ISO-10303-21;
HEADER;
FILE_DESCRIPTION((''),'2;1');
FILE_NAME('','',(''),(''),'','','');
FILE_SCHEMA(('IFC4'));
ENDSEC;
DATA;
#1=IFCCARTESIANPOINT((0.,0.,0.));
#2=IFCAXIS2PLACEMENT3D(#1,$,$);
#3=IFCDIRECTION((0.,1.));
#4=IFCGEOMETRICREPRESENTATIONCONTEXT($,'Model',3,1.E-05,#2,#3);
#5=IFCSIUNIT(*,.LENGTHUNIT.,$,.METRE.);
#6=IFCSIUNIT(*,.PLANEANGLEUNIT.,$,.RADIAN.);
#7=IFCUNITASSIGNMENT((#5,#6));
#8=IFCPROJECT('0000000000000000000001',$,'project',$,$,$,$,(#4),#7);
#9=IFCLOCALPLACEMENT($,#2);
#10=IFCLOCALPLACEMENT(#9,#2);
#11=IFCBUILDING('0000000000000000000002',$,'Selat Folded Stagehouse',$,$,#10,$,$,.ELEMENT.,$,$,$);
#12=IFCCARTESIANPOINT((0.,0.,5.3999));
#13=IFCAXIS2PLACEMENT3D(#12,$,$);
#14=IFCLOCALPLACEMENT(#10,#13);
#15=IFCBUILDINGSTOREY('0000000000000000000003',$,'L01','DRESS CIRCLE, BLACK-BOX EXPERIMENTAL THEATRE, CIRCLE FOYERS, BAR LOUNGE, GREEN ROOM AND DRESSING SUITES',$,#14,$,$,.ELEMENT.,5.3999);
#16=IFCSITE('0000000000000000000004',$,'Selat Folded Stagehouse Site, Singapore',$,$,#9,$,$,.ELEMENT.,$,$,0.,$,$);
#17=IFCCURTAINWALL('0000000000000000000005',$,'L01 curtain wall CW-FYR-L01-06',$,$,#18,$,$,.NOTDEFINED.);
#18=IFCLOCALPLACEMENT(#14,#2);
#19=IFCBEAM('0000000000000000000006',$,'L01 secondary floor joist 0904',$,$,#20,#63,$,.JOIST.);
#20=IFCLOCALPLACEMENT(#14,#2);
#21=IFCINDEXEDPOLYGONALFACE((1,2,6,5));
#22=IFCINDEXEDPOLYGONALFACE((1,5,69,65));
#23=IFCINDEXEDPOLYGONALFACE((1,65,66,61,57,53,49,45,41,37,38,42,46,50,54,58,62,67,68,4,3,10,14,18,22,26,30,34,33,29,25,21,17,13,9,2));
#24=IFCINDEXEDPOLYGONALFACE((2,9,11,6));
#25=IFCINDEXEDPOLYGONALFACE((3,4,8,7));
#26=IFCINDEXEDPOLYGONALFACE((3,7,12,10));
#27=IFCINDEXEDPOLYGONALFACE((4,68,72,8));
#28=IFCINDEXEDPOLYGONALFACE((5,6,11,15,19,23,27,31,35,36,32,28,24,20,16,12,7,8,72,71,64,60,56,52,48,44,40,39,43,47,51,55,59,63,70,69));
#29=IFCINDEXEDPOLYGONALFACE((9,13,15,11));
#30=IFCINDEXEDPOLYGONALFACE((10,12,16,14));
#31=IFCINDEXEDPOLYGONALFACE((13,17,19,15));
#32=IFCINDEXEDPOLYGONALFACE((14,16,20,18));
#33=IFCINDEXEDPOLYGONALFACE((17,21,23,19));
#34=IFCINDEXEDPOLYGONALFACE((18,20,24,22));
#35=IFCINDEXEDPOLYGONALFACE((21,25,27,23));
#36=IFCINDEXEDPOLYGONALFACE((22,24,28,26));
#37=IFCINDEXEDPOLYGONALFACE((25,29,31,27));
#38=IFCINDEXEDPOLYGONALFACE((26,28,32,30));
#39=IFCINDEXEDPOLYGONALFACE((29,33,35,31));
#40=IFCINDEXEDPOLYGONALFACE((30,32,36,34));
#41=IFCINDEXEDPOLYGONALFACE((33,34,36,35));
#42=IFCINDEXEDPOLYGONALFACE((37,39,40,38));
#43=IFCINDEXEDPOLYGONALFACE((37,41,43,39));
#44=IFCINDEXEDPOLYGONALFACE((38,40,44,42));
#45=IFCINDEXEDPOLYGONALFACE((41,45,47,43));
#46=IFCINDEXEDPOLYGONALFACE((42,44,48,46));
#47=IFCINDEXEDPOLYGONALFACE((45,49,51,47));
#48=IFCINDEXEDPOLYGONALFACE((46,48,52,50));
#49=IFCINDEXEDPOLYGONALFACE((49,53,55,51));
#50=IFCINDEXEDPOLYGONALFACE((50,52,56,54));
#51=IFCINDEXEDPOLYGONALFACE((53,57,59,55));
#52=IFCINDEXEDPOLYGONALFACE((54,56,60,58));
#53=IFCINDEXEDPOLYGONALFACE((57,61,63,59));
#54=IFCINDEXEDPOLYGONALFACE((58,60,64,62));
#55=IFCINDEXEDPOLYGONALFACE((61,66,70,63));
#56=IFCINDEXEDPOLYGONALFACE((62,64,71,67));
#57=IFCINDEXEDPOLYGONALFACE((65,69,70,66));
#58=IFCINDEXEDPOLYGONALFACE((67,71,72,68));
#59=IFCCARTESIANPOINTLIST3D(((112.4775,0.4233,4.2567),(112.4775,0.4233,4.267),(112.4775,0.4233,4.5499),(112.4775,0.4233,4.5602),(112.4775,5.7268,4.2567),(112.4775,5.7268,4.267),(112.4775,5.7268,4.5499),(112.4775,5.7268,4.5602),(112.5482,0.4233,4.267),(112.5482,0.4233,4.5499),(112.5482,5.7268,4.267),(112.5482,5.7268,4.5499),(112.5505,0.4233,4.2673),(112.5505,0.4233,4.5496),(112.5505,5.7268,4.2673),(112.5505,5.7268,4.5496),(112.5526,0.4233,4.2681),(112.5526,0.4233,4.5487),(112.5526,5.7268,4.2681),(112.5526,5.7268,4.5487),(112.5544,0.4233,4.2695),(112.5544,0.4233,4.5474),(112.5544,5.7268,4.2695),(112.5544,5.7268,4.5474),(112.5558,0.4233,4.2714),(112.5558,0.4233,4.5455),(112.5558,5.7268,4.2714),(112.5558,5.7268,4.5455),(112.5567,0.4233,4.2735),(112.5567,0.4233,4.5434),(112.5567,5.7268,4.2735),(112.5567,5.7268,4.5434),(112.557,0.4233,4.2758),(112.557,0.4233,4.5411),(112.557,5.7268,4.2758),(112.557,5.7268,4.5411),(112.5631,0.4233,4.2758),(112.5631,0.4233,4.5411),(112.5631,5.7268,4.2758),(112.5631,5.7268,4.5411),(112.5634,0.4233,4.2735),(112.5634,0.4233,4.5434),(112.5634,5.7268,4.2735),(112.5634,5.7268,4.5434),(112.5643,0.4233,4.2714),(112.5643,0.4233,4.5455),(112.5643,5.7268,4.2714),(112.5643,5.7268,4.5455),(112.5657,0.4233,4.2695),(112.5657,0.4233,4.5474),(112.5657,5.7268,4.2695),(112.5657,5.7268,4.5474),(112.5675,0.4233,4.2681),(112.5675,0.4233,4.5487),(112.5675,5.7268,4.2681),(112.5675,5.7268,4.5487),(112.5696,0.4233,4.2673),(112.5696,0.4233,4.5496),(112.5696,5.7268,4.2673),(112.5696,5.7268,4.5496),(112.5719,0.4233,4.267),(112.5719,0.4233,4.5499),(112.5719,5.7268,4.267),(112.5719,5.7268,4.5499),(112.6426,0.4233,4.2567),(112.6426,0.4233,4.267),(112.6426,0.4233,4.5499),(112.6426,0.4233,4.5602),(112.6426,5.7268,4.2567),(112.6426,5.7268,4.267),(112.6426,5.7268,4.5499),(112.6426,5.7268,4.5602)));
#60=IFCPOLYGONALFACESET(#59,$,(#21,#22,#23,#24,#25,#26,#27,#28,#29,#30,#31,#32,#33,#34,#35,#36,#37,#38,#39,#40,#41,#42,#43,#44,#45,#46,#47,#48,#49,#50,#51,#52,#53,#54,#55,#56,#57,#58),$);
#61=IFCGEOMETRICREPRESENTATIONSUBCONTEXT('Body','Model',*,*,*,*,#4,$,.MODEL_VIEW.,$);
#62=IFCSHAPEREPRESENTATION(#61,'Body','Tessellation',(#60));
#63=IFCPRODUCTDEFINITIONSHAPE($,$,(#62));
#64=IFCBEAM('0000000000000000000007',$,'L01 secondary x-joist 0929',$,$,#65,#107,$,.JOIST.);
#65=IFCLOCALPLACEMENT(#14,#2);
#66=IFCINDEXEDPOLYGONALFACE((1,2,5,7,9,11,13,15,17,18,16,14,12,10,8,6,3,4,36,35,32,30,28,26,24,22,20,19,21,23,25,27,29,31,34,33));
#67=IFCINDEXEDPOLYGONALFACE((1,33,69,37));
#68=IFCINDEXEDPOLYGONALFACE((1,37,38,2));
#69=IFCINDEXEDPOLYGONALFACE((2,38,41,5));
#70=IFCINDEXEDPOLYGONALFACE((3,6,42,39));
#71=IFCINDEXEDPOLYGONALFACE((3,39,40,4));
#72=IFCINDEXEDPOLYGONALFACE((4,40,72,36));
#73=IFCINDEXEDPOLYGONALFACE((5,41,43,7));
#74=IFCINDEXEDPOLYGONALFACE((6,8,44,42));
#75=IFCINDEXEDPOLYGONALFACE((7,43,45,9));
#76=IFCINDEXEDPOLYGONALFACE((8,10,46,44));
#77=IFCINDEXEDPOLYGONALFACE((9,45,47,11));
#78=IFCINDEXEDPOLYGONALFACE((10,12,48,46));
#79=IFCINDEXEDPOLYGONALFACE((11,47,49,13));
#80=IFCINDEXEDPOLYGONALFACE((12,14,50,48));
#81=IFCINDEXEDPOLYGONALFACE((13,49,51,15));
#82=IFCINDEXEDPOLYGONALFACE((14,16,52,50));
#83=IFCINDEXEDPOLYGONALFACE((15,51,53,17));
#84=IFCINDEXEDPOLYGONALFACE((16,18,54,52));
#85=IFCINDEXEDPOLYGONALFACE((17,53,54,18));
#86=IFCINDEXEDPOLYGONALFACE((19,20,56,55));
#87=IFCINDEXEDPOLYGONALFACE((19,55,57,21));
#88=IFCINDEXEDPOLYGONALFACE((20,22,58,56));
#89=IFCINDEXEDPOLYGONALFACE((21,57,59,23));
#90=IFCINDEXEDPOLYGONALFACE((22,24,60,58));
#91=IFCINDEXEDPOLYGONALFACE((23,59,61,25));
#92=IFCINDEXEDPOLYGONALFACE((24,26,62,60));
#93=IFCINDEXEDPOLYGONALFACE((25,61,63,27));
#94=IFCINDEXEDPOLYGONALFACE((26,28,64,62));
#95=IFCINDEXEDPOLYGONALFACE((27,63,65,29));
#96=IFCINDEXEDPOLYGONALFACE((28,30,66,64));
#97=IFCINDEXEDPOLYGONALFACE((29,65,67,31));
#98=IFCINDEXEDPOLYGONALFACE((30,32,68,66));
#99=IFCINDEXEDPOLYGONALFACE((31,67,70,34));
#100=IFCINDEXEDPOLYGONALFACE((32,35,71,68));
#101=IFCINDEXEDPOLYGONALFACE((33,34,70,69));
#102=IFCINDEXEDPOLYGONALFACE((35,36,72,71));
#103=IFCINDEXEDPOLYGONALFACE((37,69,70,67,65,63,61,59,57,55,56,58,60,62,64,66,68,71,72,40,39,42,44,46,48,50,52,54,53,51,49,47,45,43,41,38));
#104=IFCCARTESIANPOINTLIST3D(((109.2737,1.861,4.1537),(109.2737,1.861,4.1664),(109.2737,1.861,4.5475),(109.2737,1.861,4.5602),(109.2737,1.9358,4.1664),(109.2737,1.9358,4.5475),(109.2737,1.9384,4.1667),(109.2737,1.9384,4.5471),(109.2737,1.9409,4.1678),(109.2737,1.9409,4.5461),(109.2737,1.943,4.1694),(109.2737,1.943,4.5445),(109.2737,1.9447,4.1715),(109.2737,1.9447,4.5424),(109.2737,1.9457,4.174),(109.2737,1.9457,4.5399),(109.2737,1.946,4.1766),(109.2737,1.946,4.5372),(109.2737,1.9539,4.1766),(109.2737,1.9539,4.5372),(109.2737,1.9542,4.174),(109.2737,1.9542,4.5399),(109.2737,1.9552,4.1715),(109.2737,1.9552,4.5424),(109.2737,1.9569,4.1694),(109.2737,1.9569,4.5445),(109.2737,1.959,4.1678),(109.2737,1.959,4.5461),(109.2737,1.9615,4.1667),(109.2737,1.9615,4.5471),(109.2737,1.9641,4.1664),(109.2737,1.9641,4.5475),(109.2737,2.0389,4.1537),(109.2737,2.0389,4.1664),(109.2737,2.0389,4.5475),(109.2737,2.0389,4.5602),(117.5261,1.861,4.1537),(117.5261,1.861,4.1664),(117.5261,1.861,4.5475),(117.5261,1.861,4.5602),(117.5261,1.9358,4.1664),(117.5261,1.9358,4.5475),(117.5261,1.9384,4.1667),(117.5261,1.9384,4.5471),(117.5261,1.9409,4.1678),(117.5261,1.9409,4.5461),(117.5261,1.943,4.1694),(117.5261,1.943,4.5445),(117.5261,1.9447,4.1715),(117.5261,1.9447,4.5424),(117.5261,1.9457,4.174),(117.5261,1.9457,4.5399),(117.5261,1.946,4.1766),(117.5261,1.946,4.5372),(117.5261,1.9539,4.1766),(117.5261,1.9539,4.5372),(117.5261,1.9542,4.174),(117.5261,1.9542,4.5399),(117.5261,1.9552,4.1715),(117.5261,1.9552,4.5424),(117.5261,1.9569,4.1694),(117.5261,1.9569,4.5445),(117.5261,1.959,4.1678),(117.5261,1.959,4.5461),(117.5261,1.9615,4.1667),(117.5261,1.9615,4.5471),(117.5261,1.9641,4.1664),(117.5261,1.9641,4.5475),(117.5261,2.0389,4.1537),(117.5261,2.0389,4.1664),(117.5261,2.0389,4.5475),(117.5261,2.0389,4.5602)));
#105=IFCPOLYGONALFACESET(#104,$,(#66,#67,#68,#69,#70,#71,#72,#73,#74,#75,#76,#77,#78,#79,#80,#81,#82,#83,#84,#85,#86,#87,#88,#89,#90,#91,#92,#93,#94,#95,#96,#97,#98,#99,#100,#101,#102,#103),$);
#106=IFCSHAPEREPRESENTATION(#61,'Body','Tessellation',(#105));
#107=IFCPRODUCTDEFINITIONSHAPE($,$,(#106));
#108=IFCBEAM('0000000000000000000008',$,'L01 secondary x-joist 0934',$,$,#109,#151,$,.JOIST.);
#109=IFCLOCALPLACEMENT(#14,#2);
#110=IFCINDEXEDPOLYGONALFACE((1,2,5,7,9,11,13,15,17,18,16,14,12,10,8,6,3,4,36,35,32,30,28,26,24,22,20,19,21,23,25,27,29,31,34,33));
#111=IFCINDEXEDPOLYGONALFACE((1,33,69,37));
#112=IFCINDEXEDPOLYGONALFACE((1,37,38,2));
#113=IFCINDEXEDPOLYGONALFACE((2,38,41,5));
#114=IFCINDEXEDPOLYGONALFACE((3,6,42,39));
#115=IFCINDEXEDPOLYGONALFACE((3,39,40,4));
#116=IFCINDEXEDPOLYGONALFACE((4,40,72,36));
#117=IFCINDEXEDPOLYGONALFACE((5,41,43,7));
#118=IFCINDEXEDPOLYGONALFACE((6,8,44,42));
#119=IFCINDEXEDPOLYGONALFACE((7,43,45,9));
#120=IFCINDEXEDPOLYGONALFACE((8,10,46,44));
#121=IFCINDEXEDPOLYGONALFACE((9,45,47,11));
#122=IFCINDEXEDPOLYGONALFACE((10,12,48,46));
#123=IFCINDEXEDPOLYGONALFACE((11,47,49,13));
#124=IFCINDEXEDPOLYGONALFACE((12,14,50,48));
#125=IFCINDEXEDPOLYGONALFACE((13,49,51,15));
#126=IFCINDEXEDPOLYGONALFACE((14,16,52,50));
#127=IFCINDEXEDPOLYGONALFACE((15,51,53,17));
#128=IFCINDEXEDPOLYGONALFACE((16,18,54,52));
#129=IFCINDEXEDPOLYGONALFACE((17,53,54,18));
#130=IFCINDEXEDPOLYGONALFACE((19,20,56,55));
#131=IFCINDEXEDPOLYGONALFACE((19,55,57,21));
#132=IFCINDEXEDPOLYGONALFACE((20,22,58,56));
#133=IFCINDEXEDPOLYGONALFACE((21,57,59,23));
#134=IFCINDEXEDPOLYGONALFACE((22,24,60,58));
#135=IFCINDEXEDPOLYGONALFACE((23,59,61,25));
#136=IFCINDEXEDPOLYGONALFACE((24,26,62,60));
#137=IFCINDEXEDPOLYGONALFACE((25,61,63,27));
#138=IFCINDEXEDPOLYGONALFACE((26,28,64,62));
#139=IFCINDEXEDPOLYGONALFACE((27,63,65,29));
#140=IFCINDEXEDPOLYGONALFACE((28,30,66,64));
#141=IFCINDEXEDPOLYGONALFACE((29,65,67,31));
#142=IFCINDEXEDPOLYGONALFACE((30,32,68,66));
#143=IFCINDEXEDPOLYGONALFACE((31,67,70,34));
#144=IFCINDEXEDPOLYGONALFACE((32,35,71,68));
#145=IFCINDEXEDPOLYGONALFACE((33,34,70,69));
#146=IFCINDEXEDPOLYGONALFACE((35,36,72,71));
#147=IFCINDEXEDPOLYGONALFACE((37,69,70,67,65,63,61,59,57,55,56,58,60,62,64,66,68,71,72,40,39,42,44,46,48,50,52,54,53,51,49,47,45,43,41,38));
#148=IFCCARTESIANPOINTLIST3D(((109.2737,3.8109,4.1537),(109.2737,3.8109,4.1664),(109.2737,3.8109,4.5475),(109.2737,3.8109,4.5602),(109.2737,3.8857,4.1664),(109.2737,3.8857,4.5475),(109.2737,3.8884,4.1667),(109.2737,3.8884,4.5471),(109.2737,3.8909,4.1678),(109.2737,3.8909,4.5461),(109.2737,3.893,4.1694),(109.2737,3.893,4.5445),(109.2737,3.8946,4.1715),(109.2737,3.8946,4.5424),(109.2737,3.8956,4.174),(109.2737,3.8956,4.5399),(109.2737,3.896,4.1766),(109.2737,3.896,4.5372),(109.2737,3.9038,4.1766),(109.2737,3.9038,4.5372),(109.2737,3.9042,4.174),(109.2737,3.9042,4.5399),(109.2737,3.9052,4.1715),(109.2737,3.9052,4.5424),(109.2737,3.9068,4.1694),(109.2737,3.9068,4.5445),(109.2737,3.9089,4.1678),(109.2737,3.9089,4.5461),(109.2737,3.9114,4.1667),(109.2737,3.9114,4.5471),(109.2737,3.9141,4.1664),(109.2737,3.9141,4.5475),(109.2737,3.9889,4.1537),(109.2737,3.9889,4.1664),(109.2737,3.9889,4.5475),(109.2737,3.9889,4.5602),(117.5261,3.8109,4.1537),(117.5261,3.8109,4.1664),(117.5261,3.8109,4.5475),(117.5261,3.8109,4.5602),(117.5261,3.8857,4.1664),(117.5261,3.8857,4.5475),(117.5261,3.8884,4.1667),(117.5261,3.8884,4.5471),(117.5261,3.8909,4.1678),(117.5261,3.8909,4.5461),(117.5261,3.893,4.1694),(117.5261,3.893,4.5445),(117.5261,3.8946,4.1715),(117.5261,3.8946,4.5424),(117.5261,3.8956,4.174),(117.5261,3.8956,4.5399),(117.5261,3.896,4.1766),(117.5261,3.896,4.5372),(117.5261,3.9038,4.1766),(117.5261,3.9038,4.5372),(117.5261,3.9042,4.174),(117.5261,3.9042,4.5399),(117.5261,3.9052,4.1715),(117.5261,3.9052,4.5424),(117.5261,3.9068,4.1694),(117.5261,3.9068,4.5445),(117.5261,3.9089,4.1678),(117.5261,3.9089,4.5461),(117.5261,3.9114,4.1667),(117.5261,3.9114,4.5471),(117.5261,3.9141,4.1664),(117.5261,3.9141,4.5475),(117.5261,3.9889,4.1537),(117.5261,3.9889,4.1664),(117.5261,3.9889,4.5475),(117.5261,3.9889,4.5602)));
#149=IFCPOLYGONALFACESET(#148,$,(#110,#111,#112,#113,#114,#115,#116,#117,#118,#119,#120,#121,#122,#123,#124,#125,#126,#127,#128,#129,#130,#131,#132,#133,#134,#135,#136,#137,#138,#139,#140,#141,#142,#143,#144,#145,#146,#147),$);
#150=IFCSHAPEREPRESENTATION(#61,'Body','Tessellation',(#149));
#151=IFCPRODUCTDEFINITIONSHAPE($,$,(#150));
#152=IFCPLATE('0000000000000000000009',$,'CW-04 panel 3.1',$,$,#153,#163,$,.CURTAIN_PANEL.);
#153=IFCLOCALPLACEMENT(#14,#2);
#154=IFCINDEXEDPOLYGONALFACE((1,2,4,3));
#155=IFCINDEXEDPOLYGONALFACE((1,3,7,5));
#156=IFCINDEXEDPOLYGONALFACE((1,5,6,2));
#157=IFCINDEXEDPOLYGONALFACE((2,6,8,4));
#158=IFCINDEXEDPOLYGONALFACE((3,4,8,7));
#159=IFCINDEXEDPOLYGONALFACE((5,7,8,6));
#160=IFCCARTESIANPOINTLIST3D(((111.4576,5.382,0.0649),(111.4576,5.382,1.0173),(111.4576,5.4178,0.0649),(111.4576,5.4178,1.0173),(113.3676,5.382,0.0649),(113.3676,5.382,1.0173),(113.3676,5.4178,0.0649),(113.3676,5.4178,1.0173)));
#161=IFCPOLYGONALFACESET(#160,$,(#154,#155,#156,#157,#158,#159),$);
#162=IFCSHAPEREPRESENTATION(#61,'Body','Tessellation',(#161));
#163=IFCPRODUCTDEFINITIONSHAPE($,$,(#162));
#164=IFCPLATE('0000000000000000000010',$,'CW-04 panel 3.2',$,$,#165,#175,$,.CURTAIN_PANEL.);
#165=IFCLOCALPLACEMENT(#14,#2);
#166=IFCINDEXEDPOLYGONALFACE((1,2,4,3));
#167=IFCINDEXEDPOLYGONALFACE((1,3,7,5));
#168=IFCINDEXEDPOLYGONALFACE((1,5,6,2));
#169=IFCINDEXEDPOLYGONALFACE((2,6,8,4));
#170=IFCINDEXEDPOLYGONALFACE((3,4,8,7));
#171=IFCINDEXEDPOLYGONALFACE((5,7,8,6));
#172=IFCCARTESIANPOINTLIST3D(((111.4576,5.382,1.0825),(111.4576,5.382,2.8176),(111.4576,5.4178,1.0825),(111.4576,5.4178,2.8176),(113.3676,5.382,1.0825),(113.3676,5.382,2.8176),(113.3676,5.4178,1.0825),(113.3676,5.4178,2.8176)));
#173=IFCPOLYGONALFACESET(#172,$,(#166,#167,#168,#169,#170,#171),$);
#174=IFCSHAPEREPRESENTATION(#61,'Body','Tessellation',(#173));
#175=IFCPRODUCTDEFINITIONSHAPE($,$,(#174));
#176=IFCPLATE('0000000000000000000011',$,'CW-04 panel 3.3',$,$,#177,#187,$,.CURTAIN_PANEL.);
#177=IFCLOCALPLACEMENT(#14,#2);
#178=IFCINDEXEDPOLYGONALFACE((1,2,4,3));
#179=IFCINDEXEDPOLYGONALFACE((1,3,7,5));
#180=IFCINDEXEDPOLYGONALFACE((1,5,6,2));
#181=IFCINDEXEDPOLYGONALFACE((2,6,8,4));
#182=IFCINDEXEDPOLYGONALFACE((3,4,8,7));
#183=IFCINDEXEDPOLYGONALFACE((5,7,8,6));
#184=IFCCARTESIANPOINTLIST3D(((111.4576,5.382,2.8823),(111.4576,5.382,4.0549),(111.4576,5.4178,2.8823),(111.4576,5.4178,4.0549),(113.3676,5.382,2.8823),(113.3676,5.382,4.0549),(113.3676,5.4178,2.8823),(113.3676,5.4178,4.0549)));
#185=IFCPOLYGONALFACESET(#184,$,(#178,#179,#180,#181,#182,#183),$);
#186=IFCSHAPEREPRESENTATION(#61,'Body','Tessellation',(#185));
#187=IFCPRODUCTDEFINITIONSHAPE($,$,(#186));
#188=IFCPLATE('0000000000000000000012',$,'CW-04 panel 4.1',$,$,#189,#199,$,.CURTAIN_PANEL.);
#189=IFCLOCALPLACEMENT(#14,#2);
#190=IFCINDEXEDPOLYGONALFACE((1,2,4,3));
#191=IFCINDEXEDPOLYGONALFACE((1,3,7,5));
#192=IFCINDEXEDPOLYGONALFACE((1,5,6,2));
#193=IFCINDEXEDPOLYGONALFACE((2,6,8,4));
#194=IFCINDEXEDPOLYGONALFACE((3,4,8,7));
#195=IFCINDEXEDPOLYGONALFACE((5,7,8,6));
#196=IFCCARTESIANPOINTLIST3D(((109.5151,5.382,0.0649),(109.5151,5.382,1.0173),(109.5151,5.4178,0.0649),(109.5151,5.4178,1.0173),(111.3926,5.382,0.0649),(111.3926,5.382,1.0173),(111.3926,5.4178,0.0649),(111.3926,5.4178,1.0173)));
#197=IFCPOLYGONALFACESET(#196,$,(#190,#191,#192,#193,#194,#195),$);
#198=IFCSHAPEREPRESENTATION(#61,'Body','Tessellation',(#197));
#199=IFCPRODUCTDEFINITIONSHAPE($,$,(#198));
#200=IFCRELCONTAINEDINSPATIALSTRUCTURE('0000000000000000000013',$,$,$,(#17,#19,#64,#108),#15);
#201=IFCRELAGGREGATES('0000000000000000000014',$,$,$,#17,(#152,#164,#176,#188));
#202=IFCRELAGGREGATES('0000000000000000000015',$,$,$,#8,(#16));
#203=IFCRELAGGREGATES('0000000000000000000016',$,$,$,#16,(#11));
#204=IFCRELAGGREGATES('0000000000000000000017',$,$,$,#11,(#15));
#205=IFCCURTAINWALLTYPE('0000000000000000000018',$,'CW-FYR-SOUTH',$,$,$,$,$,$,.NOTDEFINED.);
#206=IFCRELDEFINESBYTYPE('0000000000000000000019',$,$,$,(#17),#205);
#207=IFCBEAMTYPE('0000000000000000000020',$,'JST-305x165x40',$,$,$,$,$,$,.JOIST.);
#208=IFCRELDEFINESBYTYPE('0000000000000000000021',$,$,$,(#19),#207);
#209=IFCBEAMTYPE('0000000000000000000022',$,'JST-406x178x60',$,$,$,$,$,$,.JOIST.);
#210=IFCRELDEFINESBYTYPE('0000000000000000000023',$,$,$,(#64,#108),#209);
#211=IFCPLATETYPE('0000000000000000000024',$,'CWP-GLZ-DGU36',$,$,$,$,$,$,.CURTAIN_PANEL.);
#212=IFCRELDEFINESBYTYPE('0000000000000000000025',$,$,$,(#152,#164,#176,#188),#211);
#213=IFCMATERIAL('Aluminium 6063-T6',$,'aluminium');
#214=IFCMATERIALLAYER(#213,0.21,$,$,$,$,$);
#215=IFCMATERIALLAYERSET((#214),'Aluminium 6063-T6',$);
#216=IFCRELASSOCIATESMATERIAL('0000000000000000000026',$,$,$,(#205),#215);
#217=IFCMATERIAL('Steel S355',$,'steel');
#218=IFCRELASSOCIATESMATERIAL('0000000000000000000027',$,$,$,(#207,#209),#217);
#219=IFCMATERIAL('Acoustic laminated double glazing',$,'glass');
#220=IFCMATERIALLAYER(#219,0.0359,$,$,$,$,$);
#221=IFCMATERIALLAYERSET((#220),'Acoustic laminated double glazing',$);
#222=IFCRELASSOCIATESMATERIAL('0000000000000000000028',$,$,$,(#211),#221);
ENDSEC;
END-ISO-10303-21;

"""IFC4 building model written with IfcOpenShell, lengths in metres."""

from ifc_helpers import new_model, si_unit, direction, frame, origin, origin_2d, place, context, subcontext, project, spatial, rectangle, i_section, extrude, material, layer, layer_set, material_profile, profile_set, type_object, element, aggregate, save


model = new_model("IFC4")

# Units and contexts
model_context = context("Model", 3, precision=1e-05, world=origin(), true_north=direction((0.0, 1.0)))
body_context = subcontext(model_context, "Body", "Model", "MODEL_VIEW")
ifc_project = project(units=[si_unit("LENGTHUNIT", "METRE"), si_unit("PLANEANGLEUNIT", "RADIAN")], contexts=[model_context])

# Site, building, storey
site_placement = place(None, origin())
site = spatial("IfcSite", under=ifc_project, at=site_placement, Name="Selat Folded Stagehouse Site, Singapore", CompositionType="ELEMENT", RefElevation=0.0)
building_placement = place(site_placement, origin())
building = spatial("IfcBuilding", under=site, at=building_placement, Name="Selat Folded Stagehouse", CompositionType="ELEMENT")
storey_placement = place(building_placement, frame((0.0, 0.0, 5.3999)))
storey = spatial("IfcBuildingStorey", under=building, at=storey_placement, Name="L01", Description="DRESS CIRCLE, BLACK-BOX EXPERIMENTAL THEATRE, CIRCLE FOYERS, BAR LOUNGE, GREEN ROOM AND DRESSING SUITES", CompositionType="ELEMENT", Elevation=5.3999)

# Shared definitions
ifc_material_1 = material(Name="Steel S355", Category="steel")

# Curtain wall
ifc_material_2 = material(Name="Aluminium 6063-T6", Category="aluminium")
ifc_layer_1 = layer(ifc_material_2, 0.21)
ifc_layer_set_1 = layer_set([ifc_layer_1], Name="Aluminium 6063-T6")
curtain_wall_type = type_object("IfcCurtainWallType", Name="CW-FYR-SOUTH", PredefinedType="NOTDEFINED", material=ifc_layer_set_1)
curtain_wall_placement = place(storey_placement, origin())
curtain_wall = element("IfcCurtainWall", 1, at=curtain_wall_placement, inside=storey, type_object=curtain_wall_type, Name="L01 curtain wall CW-FYR-L01-06", PredefinedType="NOTDEFINED")

# Beams
ifc_material_profile_1 = material_profile(ifc_material_1, i_section(OverallWidth=0.165, OverallDepth=0.3035, WebThickness=0.0061, FlangeThickness=0.0103, FilletRadius=0.0088, at=origin_2d()), Name="UKB 305x165x40")
ifc_profile_set_1 = profile_set([ifc_material_profile_1], Name="Steel S355")
beam_type_1 = type_object("IfcBeamType", Name="JST-305x165x40", PredefinedType="JOIST", material=ifc_profile_set_1)
for number, where, z_axis, x_axis, name in (
    (2, (112.5601, 0.4233, 4.4084), (0.0, 1.0, 0.0), (-1.0, 0.0, 0.0), "L01 secondary floor joist 0904"),
):
    element("IfcBeam", number, at=place(storey_placement, frame(where, z_axis=z_axis, x_axis=x_axis)), inside=storey, type_object=beam_type_1, Name=name, PredefinedType="JOIST", context=body_context, shape_type="SweptSolid", body=[
        extrude(i_section(OverallWidth=0.165, OverallDepth=0.3035, WebThickness=0.0061, FlangeThickness=0.0103, FilletRadius=0.0088, at=origin_2d()), origin(), (0.0, 0.0, 1.0), 5.3035),
    ])
ifc_material_profile_2 = material_profile(ifc_material_1, i_section(OverallWidth=0.178, OverallDepth=0.4065, WebThickness=0.0078, FlangeThickness=0.0127, FilletRadius=0.0103, at=origin_2d()), Name="UKB 406x178x60")
ifc_profile_set_2 = profile_set([ifc_material_profile_2], Name="Steel S355")
beam_type_2 = type_object("IfcBeamType", Name="JST-406x178x60", PredefinedType="JOIST", material=ifc_profile_set_2)
for number, where, z_axis, x_axis, name in (
    (3, (109.2737, 1.95, 4.3569), (1.0, 0.0, 0.0), (0.0, 1.0, 0.0), "L01 secondary x-joist 0929"),
    (4, (109.2737, 3.8999, 4.3569), (1.0, 0.0, 0.0), (0.0, 1.0, 0.0), "L01 secondary x-joist 0934"),
):
    element("IfcBeam", number, at=place(storey_placement, frame(where, z_axis=z_axis, x_axis=x_axis)), inside=storey, type_object=beam_type_2, Name=name, PredefinedType="JOIST", context=body_context, shape_type="SweptSolid", body=[
        extrude(i_section(OverallWidth=0.178, OverallDepth=0.4065, WebThickness=0.0078, FlangeThickness=0.0127, FilletRadius=0.0103, at=origin_2d()), origin(), (0.0, 0.0, 1.0), 8.2524),
    ])

# Plates
ifc_material_3 = material(Name="Acoustic laminated double glazing", Category="glass")
ifc_layer_2 = layer(ifc_material_3, 0.0359)
ifc_layer_set_2 = layer_set([ifc_layer_2], Name="Acoustic laminated double glazing")
plate_type = type_object("IfcPlateType", Name="CWP-GLZ-DGU36", PredefinedType="CURTAIN_PANEL", material=ifc_layer_set_2)
plate_1_placement = place(storey_placement, frame((112.4126, 5.3999, 0.0649), z_axis=(0.0, 0.0, 1.0), x_axis=(-1.0, 0.0, 0.0)))
plate_1 = element("IfcPlate", 5, at=plate_1_placement, type_object=plate_type, Name="CW-04 panel 3.1", PredefinedType="CURTAIN_PANEL", context=body_context, shape_type="SweptSolid", body=[
    extrude(rectangle(XDim=1.9099, YDim=0.0359, at=origin_2d()), origin(), (0.0, 0.0, 1.0), 0.9524),
])
plate_2_placement = place(storey_placement, frame((112.4126, 5.3999, 1.0825), z_axis=(0.0, 0.0, 1.0), x_axis=(-1.0, 0.0, 0.0)))
plate_2 = element("IfcPlate", 6, at=plate_2_placement, type_object=plate_type, Name="CW-04 panel 3.2", PredefinedType="CURTAIN_PANEL", context=body_context, shape_type="SweptSolid", body=[
    extrude(rectangle(XDim=1.9099, YDim=0.0359, at=origin_2d()), origin(), (0.0, 0.0, 1.0), 1.7351),
])
plate_3_placement = place(storey_placement, frame((112.4126, 5.3999, 2.8823), z_axis=(0.0, 0.0, 1.0), x_axis=(-1.0, 0.0, 0.0)))
plate_3 = element("IfcPlate", 7, at=plate_3_placement, type_object=plate_type, Name="CW-04 panel 3.3", PredefinedType="CURTAIN_PANEL", context=body_context, shape_type="SweptSolid", body=[
    extrude(rectangle(XDim=1.9099, YDim=0.0359, at=origin_2d()), origin(), (0.0, 0.0, 1.0), 1.1726),
])
plate_4_placement = place(storey_placement, frame((110.4539, 5.3999, 0.0649), z_axis=(0.0, 0.0, 1.0), x_axis=(-1.0, 0.0, 0.0)))
plate_4 = element("IfcPlate", 8, at=plate_4_placement, type_object=plate_type, Name="CW-04 panel 4.1", PredefinedType="CURTAIN_PANEL", context=body_context, shape_type="SweptSolid", body=[
    extrude(rectangle(XDim=1.8774, YDim=0.0359, at=origin_2d()), origin(), (0.0, 0.0, 1.0), 0.9524),
])
aggregate(curtain_wall, [plate_1, plate_2, plate_3, plate_4])

save(model, "model.ifc")
